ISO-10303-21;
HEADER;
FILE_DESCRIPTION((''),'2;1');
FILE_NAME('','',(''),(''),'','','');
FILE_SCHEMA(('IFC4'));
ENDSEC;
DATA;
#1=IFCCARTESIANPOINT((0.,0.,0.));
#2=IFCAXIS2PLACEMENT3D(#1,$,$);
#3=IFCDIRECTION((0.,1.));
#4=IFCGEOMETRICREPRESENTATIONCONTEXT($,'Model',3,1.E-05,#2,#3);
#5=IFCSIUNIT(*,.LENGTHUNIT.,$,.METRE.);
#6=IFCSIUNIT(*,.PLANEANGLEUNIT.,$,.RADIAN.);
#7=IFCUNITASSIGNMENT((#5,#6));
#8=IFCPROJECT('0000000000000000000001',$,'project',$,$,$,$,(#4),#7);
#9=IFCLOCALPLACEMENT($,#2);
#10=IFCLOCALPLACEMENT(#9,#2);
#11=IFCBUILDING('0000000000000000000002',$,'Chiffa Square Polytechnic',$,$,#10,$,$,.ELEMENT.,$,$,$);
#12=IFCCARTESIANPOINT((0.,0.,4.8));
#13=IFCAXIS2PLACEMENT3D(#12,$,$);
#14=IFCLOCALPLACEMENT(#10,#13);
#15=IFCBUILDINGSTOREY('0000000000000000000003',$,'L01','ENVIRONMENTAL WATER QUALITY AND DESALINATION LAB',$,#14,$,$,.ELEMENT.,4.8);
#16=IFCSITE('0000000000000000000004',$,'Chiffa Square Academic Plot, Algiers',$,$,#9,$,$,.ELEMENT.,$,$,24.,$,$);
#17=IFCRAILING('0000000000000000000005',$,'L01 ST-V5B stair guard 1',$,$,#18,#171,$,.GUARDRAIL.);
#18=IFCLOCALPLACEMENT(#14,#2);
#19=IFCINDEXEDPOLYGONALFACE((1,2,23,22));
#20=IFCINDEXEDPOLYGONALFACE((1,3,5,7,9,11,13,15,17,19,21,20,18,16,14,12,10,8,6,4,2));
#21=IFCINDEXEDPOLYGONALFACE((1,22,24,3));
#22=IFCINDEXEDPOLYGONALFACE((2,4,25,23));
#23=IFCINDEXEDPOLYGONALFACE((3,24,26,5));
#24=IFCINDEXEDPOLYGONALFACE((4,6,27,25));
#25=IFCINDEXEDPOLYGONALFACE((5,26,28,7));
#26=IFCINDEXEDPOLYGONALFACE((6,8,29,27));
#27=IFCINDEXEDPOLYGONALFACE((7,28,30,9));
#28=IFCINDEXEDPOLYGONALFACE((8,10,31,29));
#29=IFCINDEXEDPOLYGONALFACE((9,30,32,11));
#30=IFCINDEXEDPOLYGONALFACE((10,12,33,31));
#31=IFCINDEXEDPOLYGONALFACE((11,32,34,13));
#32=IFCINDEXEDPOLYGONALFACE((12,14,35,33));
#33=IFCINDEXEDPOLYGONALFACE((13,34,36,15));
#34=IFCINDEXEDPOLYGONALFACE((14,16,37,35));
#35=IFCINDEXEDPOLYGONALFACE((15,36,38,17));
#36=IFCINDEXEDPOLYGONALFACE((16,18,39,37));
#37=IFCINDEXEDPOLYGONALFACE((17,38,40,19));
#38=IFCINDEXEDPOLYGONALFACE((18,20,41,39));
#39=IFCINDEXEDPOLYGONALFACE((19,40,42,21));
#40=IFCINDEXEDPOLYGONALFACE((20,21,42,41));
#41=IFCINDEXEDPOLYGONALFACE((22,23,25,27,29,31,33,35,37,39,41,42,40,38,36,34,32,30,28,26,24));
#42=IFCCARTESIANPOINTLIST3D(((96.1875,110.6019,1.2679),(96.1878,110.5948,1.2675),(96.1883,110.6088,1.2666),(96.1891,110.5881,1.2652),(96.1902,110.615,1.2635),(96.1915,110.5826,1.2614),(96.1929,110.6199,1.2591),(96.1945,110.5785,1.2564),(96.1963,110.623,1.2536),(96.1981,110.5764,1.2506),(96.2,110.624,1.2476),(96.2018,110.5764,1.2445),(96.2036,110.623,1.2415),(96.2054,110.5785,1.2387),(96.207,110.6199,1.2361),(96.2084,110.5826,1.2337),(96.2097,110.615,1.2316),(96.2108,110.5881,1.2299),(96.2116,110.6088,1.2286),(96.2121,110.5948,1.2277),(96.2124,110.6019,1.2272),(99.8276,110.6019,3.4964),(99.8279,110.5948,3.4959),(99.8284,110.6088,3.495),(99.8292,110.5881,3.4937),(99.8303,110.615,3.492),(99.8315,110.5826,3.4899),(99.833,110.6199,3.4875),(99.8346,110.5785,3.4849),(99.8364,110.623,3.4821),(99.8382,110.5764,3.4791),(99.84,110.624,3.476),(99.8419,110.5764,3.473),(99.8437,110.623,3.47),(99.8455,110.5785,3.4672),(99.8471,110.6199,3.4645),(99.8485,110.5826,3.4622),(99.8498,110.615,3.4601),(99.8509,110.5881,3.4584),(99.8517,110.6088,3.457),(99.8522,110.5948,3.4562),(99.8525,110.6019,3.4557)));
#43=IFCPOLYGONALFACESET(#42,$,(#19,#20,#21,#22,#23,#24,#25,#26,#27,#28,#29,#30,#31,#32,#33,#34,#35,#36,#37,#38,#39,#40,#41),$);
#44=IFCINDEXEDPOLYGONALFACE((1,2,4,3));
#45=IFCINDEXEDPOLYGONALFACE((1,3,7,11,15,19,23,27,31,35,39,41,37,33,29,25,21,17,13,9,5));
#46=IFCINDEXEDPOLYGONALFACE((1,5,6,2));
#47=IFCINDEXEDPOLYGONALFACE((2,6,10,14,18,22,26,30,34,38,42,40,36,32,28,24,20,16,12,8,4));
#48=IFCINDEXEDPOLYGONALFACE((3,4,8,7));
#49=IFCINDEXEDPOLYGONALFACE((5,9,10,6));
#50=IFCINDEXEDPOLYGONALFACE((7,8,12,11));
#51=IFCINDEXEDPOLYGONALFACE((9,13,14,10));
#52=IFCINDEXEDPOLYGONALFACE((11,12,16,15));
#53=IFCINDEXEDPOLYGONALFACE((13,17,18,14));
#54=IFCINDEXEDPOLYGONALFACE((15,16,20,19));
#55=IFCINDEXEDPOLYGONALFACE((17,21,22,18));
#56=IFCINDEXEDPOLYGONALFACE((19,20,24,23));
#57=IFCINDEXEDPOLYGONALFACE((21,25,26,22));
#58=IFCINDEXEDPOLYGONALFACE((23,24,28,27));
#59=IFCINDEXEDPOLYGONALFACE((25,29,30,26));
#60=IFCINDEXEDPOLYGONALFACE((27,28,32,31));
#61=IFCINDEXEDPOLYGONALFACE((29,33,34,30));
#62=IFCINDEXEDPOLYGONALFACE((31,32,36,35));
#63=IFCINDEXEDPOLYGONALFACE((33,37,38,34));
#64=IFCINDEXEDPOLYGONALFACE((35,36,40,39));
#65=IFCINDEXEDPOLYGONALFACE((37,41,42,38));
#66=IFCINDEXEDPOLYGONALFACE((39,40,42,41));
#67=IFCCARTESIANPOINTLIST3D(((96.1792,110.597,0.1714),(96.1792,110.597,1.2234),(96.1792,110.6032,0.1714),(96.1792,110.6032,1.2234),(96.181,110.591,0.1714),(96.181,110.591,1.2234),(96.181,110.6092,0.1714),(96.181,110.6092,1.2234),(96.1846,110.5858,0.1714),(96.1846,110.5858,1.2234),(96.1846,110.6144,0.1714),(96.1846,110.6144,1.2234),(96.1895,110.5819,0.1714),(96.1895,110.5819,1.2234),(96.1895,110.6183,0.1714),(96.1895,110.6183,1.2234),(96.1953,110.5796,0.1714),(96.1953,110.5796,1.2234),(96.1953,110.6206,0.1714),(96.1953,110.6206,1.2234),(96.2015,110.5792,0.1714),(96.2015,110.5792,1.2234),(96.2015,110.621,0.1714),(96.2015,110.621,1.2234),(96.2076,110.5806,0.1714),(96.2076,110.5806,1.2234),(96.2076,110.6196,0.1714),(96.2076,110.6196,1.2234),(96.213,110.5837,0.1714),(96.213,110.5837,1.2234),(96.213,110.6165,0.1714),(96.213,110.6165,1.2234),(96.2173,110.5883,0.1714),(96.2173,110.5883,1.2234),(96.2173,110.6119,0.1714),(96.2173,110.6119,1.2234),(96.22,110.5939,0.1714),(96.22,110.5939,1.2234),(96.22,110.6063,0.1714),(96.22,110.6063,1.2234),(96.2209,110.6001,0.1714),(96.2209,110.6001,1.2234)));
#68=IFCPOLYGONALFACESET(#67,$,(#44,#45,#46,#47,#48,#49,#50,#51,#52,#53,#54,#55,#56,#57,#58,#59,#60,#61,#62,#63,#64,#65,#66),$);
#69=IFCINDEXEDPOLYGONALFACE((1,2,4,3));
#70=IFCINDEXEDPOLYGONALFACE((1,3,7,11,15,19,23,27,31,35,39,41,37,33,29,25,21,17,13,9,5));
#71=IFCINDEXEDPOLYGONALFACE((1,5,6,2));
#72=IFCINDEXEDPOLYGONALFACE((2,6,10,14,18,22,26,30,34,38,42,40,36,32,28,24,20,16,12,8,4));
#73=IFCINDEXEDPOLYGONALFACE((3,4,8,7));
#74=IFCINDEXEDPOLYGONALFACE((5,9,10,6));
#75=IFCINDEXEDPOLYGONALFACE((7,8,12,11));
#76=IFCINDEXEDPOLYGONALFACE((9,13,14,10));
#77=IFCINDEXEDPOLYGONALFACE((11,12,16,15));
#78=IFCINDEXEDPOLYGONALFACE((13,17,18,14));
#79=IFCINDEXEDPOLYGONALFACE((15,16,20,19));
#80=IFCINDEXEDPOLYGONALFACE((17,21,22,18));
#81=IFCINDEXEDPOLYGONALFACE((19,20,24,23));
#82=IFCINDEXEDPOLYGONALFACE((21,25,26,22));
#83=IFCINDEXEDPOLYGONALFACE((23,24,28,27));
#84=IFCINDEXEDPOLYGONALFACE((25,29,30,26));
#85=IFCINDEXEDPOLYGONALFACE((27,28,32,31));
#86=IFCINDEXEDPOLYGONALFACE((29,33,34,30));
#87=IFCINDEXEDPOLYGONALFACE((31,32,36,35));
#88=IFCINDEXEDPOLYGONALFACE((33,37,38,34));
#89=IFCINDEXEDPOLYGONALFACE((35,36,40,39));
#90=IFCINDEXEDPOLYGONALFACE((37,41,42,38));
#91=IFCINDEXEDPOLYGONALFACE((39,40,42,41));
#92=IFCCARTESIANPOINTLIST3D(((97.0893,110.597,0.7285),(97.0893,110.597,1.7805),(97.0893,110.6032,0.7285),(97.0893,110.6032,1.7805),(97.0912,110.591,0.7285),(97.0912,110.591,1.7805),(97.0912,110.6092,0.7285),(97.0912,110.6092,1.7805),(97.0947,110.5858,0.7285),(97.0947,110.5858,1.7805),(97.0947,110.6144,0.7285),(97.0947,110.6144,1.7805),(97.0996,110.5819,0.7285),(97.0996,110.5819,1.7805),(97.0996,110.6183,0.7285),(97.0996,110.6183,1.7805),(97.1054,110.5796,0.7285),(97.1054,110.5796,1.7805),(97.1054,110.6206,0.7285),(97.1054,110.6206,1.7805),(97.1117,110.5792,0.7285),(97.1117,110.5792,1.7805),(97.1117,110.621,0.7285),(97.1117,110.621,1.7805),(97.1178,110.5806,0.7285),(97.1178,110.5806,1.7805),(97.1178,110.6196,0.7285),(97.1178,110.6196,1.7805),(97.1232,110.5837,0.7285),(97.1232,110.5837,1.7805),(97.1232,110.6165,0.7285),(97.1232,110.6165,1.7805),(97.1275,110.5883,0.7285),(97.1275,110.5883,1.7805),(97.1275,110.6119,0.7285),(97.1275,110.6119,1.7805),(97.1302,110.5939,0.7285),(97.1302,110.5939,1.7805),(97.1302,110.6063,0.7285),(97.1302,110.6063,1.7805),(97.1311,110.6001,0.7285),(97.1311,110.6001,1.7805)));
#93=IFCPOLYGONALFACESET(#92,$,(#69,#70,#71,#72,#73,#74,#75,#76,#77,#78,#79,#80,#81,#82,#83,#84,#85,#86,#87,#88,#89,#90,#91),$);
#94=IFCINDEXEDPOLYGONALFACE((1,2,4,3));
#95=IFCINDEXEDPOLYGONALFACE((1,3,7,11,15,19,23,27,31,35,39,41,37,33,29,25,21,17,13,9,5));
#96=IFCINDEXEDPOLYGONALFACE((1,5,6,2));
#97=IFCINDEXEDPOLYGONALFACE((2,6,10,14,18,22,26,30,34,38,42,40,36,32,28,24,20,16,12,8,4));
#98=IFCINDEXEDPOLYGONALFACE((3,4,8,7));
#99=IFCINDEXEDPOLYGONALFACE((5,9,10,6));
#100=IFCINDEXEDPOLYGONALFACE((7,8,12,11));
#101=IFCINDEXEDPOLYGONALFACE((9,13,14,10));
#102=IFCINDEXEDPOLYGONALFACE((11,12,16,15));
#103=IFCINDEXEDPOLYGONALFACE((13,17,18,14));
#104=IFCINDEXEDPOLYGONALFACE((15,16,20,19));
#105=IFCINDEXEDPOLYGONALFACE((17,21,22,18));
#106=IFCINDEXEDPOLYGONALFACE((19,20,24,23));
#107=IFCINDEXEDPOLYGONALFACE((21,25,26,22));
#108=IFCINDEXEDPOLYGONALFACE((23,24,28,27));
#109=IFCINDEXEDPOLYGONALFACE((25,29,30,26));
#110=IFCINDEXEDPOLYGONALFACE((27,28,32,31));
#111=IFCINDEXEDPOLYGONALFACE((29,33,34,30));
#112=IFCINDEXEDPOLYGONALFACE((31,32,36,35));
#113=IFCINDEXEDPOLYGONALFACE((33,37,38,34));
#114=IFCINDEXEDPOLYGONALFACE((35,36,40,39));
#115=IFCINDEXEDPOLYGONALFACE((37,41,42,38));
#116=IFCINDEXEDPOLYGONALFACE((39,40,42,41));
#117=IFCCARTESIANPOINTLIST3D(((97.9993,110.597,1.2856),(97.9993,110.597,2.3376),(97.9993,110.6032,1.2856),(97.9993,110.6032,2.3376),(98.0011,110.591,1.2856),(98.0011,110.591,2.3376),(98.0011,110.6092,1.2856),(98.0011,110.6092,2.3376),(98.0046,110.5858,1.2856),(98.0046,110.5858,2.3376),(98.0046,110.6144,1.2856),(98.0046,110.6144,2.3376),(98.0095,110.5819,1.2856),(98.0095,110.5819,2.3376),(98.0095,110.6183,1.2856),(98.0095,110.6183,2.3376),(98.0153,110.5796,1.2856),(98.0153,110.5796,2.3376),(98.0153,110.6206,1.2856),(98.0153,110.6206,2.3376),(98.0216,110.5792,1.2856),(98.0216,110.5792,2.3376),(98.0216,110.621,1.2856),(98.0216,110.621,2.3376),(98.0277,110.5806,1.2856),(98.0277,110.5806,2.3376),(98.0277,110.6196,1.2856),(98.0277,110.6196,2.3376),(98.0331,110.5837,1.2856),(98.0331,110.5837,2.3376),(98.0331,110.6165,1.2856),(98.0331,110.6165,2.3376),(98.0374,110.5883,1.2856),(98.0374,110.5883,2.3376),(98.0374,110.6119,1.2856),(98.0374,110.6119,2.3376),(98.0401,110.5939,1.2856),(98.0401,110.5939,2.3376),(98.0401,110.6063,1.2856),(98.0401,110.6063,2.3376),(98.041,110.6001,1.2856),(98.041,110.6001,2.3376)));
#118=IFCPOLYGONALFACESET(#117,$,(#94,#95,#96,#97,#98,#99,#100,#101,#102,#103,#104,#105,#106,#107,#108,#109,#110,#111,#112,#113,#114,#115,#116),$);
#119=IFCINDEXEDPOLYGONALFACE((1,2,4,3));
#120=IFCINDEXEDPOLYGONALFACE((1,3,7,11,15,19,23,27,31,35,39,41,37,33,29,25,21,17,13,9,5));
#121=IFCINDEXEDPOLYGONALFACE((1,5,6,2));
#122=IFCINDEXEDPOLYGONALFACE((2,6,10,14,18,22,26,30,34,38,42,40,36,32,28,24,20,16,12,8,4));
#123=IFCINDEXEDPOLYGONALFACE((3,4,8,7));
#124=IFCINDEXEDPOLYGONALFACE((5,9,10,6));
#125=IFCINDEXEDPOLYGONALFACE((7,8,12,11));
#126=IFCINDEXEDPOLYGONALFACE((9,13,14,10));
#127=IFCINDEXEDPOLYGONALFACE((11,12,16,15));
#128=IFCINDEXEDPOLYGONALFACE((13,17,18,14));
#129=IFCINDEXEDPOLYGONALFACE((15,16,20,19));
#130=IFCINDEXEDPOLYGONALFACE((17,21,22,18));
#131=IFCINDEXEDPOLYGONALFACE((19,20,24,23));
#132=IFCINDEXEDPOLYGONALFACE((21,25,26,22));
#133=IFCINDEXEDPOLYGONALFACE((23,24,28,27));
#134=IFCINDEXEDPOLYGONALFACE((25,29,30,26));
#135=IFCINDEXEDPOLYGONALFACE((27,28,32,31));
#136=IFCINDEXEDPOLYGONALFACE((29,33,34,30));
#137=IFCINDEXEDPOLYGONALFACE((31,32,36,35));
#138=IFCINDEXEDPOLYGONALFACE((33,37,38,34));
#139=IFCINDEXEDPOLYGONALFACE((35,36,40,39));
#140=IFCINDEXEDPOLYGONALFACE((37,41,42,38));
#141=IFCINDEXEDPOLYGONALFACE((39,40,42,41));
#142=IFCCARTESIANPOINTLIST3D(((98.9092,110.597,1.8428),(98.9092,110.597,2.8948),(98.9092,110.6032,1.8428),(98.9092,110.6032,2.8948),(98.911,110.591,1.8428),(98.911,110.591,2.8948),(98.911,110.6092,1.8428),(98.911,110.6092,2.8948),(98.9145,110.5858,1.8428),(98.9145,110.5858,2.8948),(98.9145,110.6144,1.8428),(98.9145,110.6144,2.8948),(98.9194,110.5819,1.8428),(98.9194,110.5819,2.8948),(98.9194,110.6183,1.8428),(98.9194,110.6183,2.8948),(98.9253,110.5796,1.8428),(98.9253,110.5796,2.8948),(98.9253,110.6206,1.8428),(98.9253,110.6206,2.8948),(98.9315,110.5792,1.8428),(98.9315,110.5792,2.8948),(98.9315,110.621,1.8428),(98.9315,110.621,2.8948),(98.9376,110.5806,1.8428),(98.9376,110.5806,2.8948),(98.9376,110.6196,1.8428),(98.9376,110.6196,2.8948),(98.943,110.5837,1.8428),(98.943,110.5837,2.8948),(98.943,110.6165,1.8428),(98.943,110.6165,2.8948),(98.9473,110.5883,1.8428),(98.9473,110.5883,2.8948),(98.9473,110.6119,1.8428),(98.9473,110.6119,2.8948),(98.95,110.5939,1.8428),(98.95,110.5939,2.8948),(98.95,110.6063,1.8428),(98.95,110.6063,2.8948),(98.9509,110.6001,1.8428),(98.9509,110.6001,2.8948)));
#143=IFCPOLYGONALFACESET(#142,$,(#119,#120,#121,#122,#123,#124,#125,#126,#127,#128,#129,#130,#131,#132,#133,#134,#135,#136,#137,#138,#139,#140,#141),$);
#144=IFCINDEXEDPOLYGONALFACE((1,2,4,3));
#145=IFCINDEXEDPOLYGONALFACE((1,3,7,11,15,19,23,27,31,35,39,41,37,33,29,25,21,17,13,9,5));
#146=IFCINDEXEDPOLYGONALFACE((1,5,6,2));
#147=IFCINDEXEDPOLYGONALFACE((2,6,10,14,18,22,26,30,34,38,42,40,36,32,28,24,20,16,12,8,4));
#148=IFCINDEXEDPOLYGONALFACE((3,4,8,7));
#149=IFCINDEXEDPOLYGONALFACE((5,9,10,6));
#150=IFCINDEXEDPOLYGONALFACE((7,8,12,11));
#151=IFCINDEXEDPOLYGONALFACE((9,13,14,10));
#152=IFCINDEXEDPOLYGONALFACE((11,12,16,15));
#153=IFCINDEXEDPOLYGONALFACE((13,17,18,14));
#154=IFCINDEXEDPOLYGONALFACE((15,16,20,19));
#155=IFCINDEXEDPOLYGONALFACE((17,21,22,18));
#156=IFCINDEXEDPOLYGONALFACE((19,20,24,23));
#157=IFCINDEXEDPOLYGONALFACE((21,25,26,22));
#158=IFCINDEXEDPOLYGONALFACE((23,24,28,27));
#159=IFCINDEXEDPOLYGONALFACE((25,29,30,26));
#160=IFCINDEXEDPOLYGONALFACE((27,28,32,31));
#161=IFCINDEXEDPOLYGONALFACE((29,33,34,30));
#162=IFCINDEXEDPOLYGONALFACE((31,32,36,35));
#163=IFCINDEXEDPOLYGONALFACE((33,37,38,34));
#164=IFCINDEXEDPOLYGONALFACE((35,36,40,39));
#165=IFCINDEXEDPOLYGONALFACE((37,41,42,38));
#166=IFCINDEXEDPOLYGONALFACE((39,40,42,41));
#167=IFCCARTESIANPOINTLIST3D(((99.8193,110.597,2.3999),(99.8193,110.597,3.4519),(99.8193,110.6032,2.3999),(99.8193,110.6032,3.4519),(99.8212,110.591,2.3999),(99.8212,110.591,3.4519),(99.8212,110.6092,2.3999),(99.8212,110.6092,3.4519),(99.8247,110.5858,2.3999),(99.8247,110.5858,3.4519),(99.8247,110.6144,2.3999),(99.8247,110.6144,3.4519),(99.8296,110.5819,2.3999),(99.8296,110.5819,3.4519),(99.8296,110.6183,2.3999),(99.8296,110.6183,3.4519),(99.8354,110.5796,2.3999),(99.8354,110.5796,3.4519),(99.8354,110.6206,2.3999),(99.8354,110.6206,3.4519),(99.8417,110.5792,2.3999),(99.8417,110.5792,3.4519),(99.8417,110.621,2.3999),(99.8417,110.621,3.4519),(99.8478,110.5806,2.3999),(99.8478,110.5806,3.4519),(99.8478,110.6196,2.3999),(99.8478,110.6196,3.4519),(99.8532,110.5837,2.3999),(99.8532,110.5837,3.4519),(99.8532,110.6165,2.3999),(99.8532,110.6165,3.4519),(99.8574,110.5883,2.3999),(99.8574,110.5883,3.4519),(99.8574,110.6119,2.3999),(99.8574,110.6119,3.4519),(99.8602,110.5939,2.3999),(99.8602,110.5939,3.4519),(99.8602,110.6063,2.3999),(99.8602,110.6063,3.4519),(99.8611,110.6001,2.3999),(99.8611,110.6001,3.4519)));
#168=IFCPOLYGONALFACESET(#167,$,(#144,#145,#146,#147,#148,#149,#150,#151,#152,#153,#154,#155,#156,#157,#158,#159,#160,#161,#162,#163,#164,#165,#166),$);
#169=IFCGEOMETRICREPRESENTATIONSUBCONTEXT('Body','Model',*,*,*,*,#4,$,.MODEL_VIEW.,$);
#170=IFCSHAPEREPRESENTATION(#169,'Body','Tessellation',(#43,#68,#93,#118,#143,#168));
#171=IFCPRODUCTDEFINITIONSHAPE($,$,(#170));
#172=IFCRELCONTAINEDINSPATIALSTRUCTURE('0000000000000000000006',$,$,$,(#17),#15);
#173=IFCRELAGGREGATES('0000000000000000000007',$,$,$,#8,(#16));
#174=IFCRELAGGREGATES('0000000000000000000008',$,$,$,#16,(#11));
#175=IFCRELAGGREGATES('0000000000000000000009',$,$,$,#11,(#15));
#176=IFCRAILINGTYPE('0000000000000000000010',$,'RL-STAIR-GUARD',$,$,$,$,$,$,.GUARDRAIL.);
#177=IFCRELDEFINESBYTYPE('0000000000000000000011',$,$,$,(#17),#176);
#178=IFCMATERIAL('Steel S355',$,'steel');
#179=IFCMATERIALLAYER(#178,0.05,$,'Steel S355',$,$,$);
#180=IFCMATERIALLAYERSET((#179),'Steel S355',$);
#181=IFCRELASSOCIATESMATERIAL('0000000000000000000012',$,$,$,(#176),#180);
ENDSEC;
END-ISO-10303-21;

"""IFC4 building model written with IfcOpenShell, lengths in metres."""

from ifc_helpers import new_model, si_unit, direction, frame, origin, origin_2d, place, context, subcontext, project, spatial, circle, extrude, material, layer, layer_set, type_object, element, save


model = new_model("IFC4")

# Units and contexts
model_context = context("Model", 3, precision=1e-05, world=origin(), true_north=direction((0.0, 1.0)))
body_context = subcontext(model_context, "Body", "Model", "MODEL_VIEW")
ifc_project = project(units=[si_unit("LENGTHUNIT", "METRE"), si_unit("PLANEANGLEUNIT", "RADIAN")], contexts=[model_context])

# Site, building, storey
site_placement = place(None, origin())
site = spatial("IfcSite", under=ifc_project, at=site_placement, Name="Chiffa Square Academic Plot, Algiers", CompositionType="ELEMENT", RefElevation=24.0)
building_placement = place(site_placement, origin())
building = spatial("IfcBuilding", under=site, at=building_placement, Name="Chiffa Square Polytechnic", CompositionType="ELEMENT")
storey_placement = place(building_placement, frame((0.0, 0.0, 4.8)))
storey = spatial("IfcBuildingStorey", under=building, at=storey_placement, Name="L01", Description="ENVIRONMENTAL WATER QUALITY AND DESALINATION LAB", CompositionType="ELEMENT", Elevation=4.8)

# Railing
ifc_material_1 = material(Name="Steel S355", Category="steel")
ifc_layer_1 = layer(ifc_material_1, 0.05, Name="Steel S355")
ifc_layer_set_1 = layer_set([ifc_layer_1], Name="Steel S355")
railing_type_1 = type_object("IfcRailingType", Name="RL-STAIR-GUARD", PredefinedType="GUARDRAIL", material=ifc_layer_set_1)
railing_1_placement = place(storey_placement, frame((96.2, 110.6001, 0.1714)))
element("IfcRailing", 1, at=railing_1_placement, inside=storey, type_object=railing_type_1, Name="L01 ST-V5B stair guard 1", PredefinedType="GUARDRAIL", context=body_context, shape_type="SweptSolid", body=[
    extrude(circle(Radius=0.0239, at=origin_2d()), frame((0.0, 0.0, 1.0762), z_axis=(0.852866, 0.0, 0.52213), x_axis=(0.0, 1.0, 0.0)), (0.0, 0.0, 1.0), 4.2681),
    extrude(circle(Radius=0.021, at=origin_2d()), origin(), (0.0, 0.0, 1.0), 1.052),
    extrude(circle(Radius=0.021, at=origin_2d()), frame((0.9102, 0.0, 0.5571)), (0.0, 0.0, 1.0), 1.052),
    extrude(circle(Radius=0.021, at=origin_2d()), frame((1.8201, 0.0, 1.1143)), (0.0, 0.0, 1.0), 1.052),
    extrude(circle(Radius=0.021, at=origin_2d()), frame((2.73, 0.0, 1.6714)), (0.0, 0.0, 1.0), 1.052),
    extrude(circle(Radius=0.021, at=origin_2d()), frame((3.6401, 0.0, 2.2285)), (0.0, 0.0, 1.0), 1.052),
])

save(model, "model.ifc")
